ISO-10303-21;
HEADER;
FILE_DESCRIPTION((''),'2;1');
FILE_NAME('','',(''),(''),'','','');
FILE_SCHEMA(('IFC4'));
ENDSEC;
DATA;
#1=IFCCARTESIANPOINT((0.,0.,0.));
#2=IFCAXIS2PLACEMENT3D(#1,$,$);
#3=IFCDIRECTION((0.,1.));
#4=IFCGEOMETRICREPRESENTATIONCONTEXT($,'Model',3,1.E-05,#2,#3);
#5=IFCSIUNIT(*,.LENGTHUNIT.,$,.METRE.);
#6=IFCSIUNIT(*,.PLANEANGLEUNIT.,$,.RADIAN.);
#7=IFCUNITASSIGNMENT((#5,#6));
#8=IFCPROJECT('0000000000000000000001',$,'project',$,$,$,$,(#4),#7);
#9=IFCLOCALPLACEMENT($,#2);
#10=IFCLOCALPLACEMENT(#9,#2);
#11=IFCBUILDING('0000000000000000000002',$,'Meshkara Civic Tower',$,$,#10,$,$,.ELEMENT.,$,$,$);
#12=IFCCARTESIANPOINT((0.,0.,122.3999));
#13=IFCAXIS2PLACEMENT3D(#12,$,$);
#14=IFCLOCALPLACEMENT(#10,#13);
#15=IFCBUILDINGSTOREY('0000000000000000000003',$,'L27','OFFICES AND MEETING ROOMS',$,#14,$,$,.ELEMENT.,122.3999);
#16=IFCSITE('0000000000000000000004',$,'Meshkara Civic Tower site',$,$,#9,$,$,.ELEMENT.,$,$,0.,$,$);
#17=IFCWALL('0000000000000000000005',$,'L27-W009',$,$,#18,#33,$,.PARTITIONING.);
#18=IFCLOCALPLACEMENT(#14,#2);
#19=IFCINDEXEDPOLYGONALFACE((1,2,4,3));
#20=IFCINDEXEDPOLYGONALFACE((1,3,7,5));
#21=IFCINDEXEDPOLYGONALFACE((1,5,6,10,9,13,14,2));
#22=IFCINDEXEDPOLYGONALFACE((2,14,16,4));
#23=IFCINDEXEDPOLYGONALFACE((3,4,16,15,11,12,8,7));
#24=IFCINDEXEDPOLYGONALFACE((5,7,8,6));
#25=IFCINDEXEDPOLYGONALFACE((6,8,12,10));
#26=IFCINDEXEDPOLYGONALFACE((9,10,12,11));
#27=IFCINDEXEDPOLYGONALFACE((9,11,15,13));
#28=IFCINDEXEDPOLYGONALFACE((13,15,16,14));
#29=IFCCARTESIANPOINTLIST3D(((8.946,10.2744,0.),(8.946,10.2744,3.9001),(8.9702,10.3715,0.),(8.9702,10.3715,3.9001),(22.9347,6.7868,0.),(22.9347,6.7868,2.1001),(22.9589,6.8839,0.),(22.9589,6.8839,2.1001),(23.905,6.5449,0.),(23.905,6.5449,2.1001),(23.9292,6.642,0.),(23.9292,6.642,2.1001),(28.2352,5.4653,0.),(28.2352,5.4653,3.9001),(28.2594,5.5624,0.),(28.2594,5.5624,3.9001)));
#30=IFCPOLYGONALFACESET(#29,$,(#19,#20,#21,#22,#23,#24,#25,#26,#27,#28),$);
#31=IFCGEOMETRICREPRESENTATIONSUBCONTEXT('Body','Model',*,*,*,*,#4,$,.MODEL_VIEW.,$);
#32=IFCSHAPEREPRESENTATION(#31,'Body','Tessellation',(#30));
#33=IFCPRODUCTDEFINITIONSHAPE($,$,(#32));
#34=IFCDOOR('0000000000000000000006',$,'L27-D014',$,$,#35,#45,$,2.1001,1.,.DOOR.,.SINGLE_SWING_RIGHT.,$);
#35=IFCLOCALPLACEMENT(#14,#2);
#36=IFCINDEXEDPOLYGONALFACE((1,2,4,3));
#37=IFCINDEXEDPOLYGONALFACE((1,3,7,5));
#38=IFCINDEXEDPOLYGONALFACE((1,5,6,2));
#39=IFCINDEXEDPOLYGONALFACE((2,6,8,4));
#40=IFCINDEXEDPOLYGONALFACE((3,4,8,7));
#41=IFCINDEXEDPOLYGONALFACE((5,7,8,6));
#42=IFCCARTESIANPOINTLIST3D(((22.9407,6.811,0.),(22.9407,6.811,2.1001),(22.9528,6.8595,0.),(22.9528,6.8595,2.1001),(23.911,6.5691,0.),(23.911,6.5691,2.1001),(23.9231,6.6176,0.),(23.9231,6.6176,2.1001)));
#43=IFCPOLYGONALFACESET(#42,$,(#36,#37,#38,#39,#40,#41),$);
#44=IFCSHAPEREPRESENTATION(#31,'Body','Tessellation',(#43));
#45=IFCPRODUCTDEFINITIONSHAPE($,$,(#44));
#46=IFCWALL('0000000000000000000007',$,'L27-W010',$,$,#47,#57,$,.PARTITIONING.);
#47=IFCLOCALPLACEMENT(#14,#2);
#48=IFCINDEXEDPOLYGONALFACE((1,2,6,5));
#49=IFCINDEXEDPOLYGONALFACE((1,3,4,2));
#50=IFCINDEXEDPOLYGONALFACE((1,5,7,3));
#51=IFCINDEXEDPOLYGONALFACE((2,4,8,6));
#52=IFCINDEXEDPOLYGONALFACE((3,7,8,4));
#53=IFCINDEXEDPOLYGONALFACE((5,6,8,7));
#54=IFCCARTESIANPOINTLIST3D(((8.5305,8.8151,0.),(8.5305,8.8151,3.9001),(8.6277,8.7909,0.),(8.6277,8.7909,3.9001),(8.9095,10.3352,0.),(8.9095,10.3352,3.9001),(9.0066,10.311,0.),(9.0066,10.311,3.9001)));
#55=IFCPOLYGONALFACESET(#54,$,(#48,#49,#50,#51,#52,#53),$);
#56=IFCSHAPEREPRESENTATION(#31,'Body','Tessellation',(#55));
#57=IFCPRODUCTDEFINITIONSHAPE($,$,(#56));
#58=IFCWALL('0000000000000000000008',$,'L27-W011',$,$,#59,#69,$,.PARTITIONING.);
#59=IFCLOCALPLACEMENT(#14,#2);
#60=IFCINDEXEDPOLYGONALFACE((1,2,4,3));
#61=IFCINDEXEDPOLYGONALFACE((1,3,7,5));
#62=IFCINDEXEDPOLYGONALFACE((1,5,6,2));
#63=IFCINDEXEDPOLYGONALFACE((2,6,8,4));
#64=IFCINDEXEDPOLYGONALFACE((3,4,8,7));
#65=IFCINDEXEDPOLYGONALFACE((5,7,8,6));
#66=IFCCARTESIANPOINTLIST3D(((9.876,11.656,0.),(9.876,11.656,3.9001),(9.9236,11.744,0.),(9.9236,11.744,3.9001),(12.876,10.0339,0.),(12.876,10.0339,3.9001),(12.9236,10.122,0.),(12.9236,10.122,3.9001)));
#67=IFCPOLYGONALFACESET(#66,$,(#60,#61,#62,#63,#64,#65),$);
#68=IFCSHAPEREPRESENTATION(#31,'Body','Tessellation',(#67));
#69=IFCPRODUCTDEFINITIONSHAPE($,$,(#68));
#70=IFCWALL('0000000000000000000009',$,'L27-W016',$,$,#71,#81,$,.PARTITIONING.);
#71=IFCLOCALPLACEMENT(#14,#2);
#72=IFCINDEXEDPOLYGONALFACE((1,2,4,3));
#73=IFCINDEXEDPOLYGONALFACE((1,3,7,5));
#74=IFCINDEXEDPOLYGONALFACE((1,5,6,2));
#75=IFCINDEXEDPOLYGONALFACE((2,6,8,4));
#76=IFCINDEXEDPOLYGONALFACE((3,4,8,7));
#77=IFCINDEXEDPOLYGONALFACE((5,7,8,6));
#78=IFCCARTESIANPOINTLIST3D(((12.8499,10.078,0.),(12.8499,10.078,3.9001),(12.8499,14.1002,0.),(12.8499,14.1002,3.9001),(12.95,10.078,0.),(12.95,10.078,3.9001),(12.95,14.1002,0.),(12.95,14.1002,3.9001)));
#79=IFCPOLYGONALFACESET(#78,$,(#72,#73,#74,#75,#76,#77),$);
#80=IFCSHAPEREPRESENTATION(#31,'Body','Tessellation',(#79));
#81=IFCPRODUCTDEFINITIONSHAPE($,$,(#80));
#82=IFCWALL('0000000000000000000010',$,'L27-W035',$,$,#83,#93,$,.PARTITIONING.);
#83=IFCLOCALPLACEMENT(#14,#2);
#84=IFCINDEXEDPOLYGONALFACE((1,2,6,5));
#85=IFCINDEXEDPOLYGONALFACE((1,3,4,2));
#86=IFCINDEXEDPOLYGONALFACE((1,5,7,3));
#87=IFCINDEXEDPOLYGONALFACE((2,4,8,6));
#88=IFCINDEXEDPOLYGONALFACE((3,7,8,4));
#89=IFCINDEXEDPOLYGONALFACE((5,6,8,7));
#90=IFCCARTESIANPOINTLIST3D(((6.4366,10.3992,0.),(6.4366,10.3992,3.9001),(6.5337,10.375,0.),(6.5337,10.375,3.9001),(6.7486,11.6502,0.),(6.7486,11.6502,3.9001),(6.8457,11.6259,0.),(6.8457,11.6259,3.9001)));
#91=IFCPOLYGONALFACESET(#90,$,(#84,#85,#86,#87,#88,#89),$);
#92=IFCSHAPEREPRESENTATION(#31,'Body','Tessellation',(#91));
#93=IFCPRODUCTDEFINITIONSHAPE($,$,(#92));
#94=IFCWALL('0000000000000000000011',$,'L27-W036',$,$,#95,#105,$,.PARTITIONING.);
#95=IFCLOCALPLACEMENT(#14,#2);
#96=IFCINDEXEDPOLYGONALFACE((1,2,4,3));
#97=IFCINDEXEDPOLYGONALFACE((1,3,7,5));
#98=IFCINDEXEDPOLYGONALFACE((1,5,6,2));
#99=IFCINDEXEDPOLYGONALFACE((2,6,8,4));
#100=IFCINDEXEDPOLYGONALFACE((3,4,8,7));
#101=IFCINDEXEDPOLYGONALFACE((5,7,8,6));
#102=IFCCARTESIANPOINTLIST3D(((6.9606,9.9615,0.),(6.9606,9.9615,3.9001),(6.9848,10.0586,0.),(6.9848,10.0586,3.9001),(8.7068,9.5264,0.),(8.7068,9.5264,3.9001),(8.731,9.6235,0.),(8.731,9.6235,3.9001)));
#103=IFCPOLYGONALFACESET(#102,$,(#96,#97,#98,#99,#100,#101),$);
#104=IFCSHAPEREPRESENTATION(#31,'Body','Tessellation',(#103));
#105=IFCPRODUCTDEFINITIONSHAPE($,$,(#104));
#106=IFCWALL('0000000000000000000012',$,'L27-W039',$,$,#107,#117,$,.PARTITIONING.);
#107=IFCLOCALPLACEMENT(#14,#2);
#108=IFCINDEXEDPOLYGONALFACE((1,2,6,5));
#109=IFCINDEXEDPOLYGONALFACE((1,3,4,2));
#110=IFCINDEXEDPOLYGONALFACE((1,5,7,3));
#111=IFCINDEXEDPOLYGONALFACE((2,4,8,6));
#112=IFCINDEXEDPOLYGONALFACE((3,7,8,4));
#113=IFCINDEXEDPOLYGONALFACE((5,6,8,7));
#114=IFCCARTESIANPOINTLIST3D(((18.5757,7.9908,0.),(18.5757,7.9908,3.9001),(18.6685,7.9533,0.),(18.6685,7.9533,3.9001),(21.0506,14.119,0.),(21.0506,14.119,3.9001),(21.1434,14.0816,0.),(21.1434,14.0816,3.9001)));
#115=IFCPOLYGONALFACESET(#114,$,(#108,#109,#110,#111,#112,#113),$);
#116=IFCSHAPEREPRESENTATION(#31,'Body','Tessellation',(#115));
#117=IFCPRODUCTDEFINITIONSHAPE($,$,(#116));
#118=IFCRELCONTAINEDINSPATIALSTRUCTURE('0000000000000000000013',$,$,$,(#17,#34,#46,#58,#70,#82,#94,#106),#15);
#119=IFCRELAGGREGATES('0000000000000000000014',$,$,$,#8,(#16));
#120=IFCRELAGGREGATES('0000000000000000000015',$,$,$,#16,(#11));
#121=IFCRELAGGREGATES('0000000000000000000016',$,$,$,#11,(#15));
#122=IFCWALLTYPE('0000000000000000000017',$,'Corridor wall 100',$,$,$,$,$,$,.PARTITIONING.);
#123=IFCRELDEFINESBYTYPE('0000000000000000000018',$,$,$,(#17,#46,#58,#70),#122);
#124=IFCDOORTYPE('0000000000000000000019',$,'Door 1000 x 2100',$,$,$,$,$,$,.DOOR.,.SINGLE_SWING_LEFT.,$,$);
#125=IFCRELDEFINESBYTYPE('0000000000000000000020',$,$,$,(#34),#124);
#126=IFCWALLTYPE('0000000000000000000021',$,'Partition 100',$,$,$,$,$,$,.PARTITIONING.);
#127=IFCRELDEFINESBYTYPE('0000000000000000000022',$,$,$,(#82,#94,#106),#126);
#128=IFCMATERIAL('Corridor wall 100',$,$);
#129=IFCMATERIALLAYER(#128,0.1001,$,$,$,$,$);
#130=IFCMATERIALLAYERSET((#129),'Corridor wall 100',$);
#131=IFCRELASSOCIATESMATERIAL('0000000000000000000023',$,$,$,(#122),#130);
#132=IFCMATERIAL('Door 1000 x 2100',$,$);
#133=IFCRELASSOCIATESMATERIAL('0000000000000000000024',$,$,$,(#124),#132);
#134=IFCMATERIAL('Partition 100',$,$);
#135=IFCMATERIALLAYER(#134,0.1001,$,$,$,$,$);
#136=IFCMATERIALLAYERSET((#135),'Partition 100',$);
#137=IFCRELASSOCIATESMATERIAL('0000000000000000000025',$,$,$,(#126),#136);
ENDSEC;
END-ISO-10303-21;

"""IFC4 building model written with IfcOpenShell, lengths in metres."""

from ifc_helpers import new_model, si_unit, direction, frame, frame_2d, origin, place, context, subcontext, project, spatial, rectangle, extrude, material, layer, layer_set, type_object, element, fill, save


model = new_model("IFC4")

# Units and contexts
model_context = context("Model", 3, precision=1e-05, world=origin(), true_north=direction((0.0, 1.0)))
body_context = subcontext(model_context, "Body", "Model", "MODEL_VIEW")
ifc_project = project(units=[si_unit("LENGTHUNIT", "METRE"), si_unit("PLANEANGLEUNIT", "RADIAN")], contexts=[model_context])

# Site, building, storey
site_placement = place(None, origin())
site = spatial("IfcSite", under=ifc_project, at=site_placement, Name="Meshkara Civic Tower site", CompositionType="ELEMENT", RefElevation=0.0)
building_placement = place(site_placement, origin())
building = spatial("IfcBuilding", under=site, at=building_placement, Name="Meshkara Civic Tower", CompositionType="ELEMENT")
storey_placement = place(building_placement, frame((0.0, 0.0, 122.3999)))
storey = spatial("IfcBuildingStorey", under=building, at=storey_placement, Name="L27", Description="OFFICES AND MEETING ROOMS", CompositionType="ELEMENT", Elevation=122.3999)

# Shared definitions
ifc_material_1 = material(Name="Corridor wall 100")
ifc_layer_1 = layer(ifc_material_1, 0.1001)
ifc_layer_set_1 = layer_set([ifc_layer_1], Name="Corridor wall 100")
wall_type_1 = type_object("IfcWallType", Name="Corridor wall 100", PredefinedType="PARTITIONING", material=ifc_layer_set_1)
ifc_material_2 = material(Name="Door 1000 x 2100")
door_type_1 = type_object("IfcDoorType", Name="Door 1000 x 2100", OperationType="SINGLE_SWING_LEFT", PredefinedType="DOOR", material=ifc_material_2)

# Wall, opening, door
wall_1_placement = place(storey_placement, frame((8.958, 10.323, 0.0), z_axis=(0.0, 0.0, 1.0), x_axis=(0.970298, -0.241911, 0.0)))
wall_1 = element("IfcWall", 1, at=wall_1_placement, inside=storey, type_object=wall_type_1, Name="L27-W009", PredefinedType="PARTITIONING", context=body_context, shape_type="SweptSolid", body=[
    extrude(rectangle(XDim=19.8796, YDim=0.1001, at=frame_2d((9.9399, 0.0))), origin(), (0.0, 0.0, 1.0), 3.9001),
])
opening_1_placement = place(wall_1_placement, frame((14.417, 0.0, 0.0)))
opening_1 = element("IfcOpeningElement", 2, at=opening_1_placement, cuts=wall_1, PredefinedType="OPENING", context=body_context, shape_type="SweptSolid", body=[
    extrude(rectangle(XDim=1.0, YDim=2.1001, at=frame_2d((0.5, 1.05))), frame((0.0, 0.0601, 0.0), z_axis=(0.0, -1.0, 0.0), x_axis=(1.0, 0.0, 0.0)), (0.0, 0.0, 1.0), 0.1201),
])
door_1_placement = place(opening_1_placement, origin())
door_1 = element("IfcDoor", 3, at=door_1_placement, inside=storey, type_object=door_type_1, Name="L27-D014", OperationType="SINGLE_SWING_RIGHT", OverallHeight=2.1001, OverallWidth=1.0, PredefinedType="DOOR", context=body_context, shape_type="SweptSolid", body=[
    extrude(rectangle(XDim=1.0, YDim=2.1001, at=frame_2d((0.5, 1.05))), frame((0.0, 0.0249, 0.0), z_axis=(0.0, -1.0, 0.0), x_axis=(1.0, 0.0, 0.0)), (0.0, 0.0, 1.0), 0.05),
])
fill(opening_1, door_1)

# Walls
wall_2_placement = place(storey_placement, frame((8.958, 10.323, 0.0), z_axis=(0.0, 0.0, 1.0), x_axis=(-0.241876, -0.970307, 0.0)))
element("IfcWall", 4, at=wall_2_placement, inside=storey, type_object=wall_type_1, Name="L27-W010", PredefinedType="PARTITIONING", context=body_context, shape_type="SweptSolid", body=[
    extrude(rectangle(XDim=1.5667, YDim=0.1001, at=frame_2d((0.7832, 0.0))), origin(), (0.0, 0.0, 1.0), 3.9001),
])
wall_3_placement = place(storey_placement, frame((9.8999, 11.7, 0.0), z_axis=(0.0, 0.0, 1.0), x_axis=(0.879651, -0.475619, 0.0)))
element("IfcWall", 5, at=wall_3_placement, inside=storey, type_object=wall_type_1, Name="L27-W011", PredefinedType="PARTITIONING", context=body_context, shape_type="SweptSolid", body=[
    extrude(rectangle(XDim=3.4104, YDim=0.1001, at=frame_2d((1.7051, 0.0))), origin(), (0.0, 0.0, 1.0), 3.9001),
])
wall_4_placement = place(storey_placement, frame((12.8999, 10.0779, 0.0), z_axis=(0.0, 0.0, 1.0), x_axis=(0.0, 1.0, 0.0)))
element("IfcWall", 6, at=wall_4_placement, inside=storey, type_object=wall_type_1, Name="L27-W016", PredefinedType="PARTITIONING", context=body_context, shape_type="SweptSolid", body=[
    extrude(rectangle(XDim=4.0222, YDim=0.1001, at=frame_2d((2.0112, 0.0))), origin(), (0.0, 0.0, 1.0), 3.9001),
])
ifc_material_3 = material(Name="Partition 100")
ifc_layer_2 = layer(ifc_material_3, 0.1001)
ifc_layer_set_2 = layer_set([ifc_layer_2], Name="Partition 100")
wall_type_2 = type_object("IfcWallType", Name="Partition 100", PredefinedType="PARTITIONING", material=ifc_layer_set_2)
wall_5_placement = place(storey_placement, frame((6.7971, 11.6379, 0.0), z_axis=(0.0, 0.0, 1.0), x_axis=(-0.242001, -0.970276, 0.0)))
element("IfcWall", 7, at=wall_5_placement, inside=storey, type_object=wall_type_2, Name="L27-W035", PredefinedType="PARTITIONING", context=body_context, shape_type="SweptSolid", body=[
    extrude(rectangle(XDim=1.2893, YDim=0.1001, at=frame_2d((0.6445, 0.0))), origin(), (0.0, 0.0, 1.0), 3.9001),
])
wall_6_placement = place(storey_placement, frame((8.719, 9.575, 0.0), z_axis=(0.0, 0.0, 1.0), x_axis=(-0.970334, 0.241769, 0.0)))
element("IfcWall", 8, at=wall_6_placement, inside=storey, type_object=wall_type_2, Name="L27-W036", PredefinedType="PARTITIONING", context=body_context, shape_type="SweptSolid", body=[
    extrude(rectangle(XDim=1.7996, YDim=0.1001, at=frame_2d((0.8999, 0.0))), origin(), (0.0, 0.0, 1.0), 3.9001),
])
wall_7_placement = place(storey_placement, frame((18.6221, 7.9719, 0.0), z_axis=(0.0, 0.0, 1.0), x_axis=(0.374465, 0.927241, 0.0)))
element("IfcWall", 9, at=wall_7_placement, inside=storey, type_object=wall_type_2, Name="L27-W039", PredefinedType="PARTITIONING", context=body_context, shape_type="SweptSolid", body=[
    extrude(rectangle(XDim=6.6091, YDim=0.1001, at=frame_2d((3.3047, 0.0))), origin(), (0.0, 0.0, 1.0), 3.9001),
])

save(model, "model.ifc")
